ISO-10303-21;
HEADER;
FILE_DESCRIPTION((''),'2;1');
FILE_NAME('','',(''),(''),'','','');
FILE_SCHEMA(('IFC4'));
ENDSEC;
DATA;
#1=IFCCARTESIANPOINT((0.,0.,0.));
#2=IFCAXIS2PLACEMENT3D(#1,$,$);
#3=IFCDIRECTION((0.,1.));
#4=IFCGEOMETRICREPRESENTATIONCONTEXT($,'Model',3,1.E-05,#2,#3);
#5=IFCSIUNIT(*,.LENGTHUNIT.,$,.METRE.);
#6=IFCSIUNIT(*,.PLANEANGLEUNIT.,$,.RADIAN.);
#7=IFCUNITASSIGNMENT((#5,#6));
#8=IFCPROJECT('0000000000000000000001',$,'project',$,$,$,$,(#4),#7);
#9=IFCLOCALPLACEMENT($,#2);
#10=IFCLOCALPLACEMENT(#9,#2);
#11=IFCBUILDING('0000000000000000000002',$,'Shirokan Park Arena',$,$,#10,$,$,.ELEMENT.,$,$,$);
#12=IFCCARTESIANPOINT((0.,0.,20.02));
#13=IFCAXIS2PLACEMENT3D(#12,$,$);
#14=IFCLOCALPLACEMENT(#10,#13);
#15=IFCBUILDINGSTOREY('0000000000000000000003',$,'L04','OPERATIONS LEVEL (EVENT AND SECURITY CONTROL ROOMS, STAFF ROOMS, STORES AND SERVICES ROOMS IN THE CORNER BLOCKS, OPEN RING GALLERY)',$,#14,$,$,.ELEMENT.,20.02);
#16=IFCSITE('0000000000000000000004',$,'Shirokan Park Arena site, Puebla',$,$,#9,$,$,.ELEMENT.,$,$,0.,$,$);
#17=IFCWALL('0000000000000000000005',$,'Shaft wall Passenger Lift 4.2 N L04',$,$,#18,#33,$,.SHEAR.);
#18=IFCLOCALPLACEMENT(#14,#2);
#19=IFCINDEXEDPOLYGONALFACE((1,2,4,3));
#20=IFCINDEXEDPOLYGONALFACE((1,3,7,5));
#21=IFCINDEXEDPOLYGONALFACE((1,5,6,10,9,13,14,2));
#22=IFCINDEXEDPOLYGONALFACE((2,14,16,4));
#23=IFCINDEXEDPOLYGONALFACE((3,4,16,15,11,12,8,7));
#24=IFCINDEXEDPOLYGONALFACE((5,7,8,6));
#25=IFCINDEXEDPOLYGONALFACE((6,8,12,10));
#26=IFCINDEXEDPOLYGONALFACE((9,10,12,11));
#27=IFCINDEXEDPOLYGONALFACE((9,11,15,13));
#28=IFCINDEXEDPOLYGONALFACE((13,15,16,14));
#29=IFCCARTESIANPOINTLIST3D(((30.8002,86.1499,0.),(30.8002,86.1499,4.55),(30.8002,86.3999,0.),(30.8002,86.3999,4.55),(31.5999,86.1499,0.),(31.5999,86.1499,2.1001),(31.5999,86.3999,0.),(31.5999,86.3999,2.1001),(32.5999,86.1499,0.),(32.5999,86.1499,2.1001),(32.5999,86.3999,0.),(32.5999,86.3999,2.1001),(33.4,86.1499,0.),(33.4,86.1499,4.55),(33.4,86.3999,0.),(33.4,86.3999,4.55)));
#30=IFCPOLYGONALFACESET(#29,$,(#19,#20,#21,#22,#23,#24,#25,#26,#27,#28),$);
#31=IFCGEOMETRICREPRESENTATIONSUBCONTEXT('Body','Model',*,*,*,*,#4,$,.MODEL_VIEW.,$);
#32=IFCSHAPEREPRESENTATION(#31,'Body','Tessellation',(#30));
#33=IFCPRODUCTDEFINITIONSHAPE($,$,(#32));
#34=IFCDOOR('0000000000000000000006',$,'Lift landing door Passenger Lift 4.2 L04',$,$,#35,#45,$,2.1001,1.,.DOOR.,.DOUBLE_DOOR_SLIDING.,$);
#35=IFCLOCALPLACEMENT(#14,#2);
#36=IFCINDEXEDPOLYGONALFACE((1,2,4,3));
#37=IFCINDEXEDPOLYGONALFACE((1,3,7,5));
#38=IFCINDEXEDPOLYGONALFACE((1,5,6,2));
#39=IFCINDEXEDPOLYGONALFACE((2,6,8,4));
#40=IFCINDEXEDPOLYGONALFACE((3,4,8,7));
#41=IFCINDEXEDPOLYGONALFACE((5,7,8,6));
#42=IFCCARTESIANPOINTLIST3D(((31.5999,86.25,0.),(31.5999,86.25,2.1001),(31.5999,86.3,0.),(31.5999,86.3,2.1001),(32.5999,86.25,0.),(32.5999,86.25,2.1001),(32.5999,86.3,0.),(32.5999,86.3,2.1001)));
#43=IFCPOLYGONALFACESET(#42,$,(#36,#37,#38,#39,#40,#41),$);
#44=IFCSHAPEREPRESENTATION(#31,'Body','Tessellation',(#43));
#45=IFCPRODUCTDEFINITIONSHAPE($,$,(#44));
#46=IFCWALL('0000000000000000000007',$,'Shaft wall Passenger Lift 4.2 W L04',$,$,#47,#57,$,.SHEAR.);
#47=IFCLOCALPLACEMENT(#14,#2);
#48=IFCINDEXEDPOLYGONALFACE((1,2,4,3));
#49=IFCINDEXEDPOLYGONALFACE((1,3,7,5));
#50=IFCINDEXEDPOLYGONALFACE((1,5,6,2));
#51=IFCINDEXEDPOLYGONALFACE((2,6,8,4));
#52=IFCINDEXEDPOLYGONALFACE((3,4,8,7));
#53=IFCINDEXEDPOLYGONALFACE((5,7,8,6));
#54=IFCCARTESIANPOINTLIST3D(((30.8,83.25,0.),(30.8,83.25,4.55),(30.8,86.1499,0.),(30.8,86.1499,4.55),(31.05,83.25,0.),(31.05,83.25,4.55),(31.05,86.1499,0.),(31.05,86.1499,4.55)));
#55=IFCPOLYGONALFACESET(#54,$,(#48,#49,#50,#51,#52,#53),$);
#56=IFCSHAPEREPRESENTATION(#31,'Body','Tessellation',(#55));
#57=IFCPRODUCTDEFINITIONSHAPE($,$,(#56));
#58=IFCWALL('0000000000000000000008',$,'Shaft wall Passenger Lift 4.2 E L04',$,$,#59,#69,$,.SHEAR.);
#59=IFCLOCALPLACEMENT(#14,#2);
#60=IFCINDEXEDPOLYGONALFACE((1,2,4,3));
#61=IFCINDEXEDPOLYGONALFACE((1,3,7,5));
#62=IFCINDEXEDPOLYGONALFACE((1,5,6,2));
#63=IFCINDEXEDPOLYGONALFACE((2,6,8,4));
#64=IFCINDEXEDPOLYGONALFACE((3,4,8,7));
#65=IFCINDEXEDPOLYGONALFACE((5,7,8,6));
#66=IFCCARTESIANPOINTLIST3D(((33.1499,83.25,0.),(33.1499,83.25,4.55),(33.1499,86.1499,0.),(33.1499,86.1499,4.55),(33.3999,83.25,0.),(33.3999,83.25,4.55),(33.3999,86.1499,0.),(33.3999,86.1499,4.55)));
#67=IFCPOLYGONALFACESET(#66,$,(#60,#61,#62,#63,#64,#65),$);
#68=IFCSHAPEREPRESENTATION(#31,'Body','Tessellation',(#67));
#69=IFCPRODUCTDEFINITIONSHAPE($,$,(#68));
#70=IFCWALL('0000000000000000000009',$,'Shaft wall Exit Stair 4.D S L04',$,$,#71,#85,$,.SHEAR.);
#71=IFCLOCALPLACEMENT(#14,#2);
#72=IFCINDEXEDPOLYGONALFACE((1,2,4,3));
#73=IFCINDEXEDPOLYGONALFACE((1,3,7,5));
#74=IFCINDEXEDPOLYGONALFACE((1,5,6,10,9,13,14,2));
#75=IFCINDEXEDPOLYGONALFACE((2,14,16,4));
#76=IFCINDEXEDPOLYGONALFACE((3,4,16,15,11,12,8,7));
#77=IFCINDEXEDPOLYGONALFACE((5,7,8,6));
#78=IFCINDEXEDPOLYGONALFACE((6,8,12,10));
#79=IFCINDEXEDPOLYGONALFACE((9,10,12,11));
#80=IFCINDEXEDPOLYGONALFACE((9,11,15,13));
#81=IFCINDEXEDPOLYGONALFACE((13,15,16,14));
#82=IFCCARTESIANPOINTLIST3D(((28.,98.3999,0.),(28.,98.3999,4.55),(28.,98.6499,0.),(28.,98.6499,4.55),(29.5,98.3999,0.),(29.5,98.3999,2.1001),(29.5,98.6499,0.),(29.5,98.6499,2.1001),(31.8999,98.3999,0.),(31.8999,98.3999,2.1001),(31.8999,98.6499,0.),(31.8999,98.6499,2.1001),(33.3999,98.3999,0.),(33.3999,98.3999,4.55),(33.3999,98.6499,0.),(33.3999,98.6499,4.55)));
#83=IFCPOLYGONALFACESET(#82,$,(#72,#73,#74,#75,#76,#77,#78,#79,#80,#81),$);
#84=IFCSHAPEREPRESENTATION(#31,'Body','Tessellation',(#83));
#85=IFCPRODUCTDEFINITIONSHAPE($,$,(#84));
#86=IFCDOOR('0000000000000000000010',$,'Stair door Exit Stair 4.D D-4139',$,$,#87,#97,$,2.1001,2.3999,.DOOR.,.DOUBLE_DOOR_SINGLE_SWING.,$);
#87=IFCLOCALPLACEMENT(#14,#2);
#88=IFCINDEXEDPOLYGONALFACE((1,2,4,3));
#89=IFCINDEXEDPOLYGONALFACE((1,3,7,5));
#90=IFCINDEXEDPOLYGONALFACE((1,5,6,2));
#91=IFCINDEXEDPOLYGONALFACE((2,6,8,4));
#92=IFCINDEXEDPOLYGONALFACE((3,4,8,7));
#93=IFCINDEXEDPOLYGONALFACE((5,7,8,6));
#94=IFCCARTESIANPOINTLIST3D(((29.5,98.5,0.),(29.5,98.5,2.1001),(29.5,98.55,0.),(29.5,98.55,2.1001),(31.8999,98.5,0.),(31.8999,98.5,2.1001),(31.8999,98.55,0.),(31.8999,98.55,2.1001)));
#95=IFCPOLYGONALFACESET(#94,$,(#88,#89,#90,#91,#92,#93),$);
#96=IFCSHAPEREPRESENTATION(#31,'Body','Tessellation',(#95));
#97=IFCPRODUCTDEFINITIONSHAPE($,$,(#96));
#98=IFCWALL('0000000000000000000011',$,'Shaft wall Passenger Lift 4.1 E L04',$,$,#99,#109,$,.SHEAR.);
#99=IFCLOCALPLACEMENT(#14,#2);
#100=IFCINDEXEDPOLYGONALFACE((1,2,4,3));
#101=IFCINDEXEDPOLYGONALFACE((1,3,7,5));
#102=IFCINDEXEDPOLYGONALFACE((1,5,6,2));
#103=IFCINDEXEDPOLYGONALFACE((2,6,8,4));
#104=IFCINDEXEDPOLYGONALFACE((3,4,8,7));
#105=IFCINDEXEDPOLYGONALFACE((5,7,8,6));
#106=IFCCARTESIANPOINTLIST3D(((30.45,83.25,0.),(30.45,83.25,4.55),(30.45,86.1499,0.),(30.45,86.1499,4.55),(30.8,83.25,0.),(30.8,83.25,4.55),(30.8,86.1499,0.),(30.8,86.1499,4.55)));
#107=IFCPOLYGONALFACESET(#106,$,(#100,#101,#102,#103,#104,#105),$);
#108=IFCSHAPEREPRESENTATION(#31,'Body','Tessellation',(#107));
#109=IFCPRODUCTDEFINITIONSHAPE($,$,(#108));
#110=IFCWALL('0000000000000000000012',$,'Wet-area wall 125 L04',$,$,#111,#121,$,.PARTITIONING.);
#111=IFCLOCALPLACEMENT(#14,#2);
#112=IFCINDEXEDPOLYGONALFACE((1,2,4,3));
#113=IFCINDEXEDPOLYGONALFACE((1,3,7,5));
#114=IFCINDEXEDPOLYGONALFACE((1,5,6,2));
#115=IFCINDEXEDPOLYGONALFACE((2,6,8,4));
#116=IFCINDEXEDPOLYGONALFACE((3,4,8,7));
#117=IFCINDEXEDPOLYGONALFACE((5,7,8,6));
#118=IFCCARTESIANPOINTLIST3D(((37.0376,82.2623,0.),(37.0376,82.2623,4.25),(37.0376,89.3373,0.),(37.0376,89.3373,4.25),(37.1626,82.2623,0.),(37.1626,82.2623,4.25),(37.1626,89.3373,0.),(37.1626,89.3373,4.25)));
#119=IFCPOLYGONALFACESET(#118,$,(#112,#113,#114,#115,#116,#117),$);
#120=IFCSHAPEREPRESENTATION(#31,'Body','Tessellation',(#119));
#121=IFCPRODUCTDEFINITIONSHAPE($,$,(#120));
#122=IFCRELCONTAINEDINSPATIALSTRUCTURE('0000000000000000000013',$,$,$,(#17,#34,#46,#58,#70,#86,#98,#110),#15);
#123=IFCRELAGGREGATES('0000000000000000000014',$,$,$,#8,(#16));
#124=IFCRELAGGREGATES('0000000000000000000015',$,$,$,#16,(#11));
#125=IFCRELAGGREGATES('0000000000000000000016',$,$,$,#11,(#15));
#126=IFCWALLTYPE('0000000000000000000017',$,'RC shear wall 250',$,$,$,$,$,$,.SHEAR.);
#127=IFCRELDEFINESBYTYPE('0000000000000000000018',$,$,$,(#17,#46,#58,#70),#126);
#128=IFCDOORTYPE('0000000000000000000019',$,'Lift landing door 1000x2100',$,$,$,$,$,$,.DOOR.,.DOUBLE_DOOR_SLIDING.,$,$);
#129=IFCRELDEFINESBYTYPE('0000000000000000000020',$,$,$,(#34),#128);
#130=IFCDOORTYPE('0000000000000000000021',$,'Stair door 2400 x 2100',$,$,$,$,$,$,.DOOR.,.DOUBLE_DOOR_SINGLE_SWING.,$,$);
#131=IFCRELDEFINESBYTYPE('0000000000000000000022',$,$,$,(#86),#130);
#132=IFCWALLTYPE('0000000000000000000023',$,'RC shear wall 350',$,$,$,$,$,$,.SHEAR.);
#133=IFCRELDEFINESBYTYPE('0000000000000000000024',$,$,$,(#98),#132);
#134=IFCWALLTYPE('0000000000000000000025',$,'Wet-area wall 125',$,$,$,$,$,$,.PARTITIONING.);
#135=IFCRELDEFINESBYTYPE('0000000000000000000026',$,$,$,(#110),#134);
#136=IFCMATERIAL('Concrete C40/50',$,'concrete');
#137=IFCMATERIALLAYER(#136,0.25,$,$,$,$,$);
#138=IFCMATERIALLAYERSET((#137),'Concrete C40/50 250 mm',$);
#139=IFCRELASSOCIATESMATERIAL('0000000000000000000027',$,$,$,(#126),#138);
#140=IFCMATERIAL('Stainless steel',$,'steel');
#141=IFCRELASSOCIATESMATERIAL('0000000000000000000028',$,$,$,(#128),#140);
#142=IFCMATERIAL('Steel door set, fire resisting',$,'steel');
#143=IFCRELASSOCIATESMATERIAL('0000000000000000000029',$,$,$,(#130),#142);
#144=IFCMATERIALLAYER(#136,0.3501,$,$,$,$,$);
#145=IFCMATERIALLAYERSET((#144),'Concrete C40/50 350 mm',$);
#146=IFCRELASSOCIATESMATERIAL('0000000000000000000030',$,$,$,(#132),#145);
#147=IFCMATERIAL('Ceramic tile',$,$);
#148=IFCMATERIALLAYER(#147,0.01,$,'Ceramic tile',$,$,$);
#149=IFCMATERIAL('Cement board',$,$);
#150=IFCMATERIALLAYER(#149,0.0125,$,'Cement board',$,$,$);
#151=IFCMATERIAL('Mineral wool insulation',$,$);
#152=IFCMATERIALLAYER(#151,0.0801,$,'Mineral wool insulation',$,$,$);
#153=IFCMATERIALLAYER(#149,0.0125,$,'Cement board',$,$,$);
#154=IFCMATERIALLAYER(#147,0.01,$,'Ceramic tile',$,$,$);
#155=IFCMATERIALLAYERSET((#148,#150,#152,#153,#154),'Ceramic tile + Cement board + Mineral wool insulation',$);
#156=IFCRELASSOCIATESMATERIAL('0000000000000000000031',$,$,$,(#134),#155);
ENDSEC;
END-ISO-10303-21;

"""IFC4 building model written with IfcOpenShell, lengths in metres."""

from ifc_helpers import new_model, si_unit, direction, frame, frame_2d, origin, place, context, subcontext, project, spatial, rectangle, extrude, material, layer, layer_set, type_object, element, fill, save


model = new_model("IFC4")

# Units and contexts
model_context = context("Model", 3, precision=1e-05, world=origin(), true_north=direction((0.0, 1.0)))
body_context = subcontext(model_context, "Body", "Model", "MODEL_VIEW")
ifc_project = project(units=[si_unit("LENGTHUNIT", "METRE"), si_unit("PLANEANGLEUNIT", "RADIAN")], contexts=[model_context])

# Site, building, storey
site_placement = place(None, origin())
site = spatial("IfcSite", under=ifc_project, at=site_placement, Name="Shirokan Park Arena site, Puebla", CompositionType="ELEMENT", RefElevation=0.0)
building_placement = place(site_placement, origin())
building = spatial("IfcBuilding", under=site, at=building_placement, Name="Shirokan Park Arena", CompositionType="ELEMENT")
storey_placement = place(building_placement, frame((0.0, 0.0, 20.02)))
storey = spatial("IfcBuildingStorey", under=building, at=storey_placement, Name="L04", Description="OPERATIONS LEVEL (EVENT AND SECURITY CONTROL ROOMS, STAFF ROOMS, STORES AND SERVICES ROOMS IN THE CORNER BLOCKS, OPEN RING GALLERY)", CompositionType="ELEMENT", Elevation=20.02)

# Shared definitions
ifc_material_1 = material(Name="Mineral wool insulation")

# Shared definitions
ifc_material_2 = material(Name="Concrete C40/50", Category="concrete")
ifc_layer_1 = layer(ifc_material_2, 0.25)
ifc_layer_set_1 = layer_set([ifc_layer_1], Name="Concrete C40/50 250 mm")
wall_type_1 = type_object("IfcWallType", Name="RC shear wall 250", PredefinedType="SHEAR", material=ifc_layer_set_1)

# Shared definitions
ifc_material_3 = material(Name="Stainless steel", Category="steel")
door_type_1 = type_object("IfcDoorType", Name="Lift landing door 1000x2100", OperationType="DOUBLE_DOOR_SLIDING", PredefinedType="DOOR", material=ifc_material_3)

# Wall, opening, door
wall_1_placement = place(storey_placement, frame((33.3999, 86.2749, 0.0), z_axis=(0.0, 0.0, 1.0), x_axis=(-1.0, 0.0, 0.0)))
wall_1 = element("IfcWall", 1, at=wall_1_placement, inside=storey, type_object=wall_type_1, Name="Shaft wall Passenger Lift 4.2 N L04", PredefinedType="SHEAR", context=body_context, shape_type="SweptSolid", body=[
    extrude(rectangle(XDim=2.5999, YDim=0.25, at=frame_2d((1.2998, 0.0))), origin(), (0.0, 0.0, 1.0), 4.55),
])
opening_1_placement = place(wall_1_placement, frame((0.8, 0.0, 0.0)))
opening_1 = element("IfcOpeningElement", 2, at=opening_1_placement, cuts=wall_1, PredefinedType="OPENING", context=body_context, shape_type="SweptSolid", body=[
    extrude(rectangle(XDim=1.0, YDim=2.1001, at=frame_2d((0.5, 1.05))), frame((0.0, 0.135, 0.0), z_axis=(0.0, -1.0, 0.0), x_axis=(1.0, 0.0, 0.0)), (0.0, 0.0, 1.0), 0.27),
])
door_1_placement = place(opening_1_placement, origin())
door_1 = element("IfcDoor", 3, at=door_1_placement, inside=storey, type_object=door_type_1, Name="Lift landing door Passenger Lift 4.2 L04", OperationType="DOUBLE_DOOR_SLIDING", OverallHeight=2.1001, OverallWidth=1.0, PredefinedType="DOOR", context=body_context, shape_type="SweptSolid", body=[
    extrude(rectangle(XDim=1.0, YDim=2.1001, at=frame_2d((0.5, 1.05))), frame((0.0, 0.0249, 0.0), z_axis=(0.0, -1.0, 0.0), x_axis=(1.0, 0.0, 0.0)), (0.0, 0.0, 1.0), 0.05),
])
fill(opening_1, door_1)

# Walls
for number, where, z_axis, x_axis, name in (
    (4, (30.925, 86.1499, 0.0), (0.0, 0.0, 1.0), (0.0, -1.0, 0.0), "Shaft wall Passenger Lift 4.2 W L04"),
    (5, (33.2749, 86.1499, 0.0), (0.0, 0.0, 1.0), (0.0, -1.0, 0.0), "Shaft wall Passenger Lift 4.2 E L04"),
):
    element("IfcWall", number, at=place(storey_placement, frame(where, z_axis=z_axis, x_axis=x_axis)), inside=storey, type_object=wall_type_1, Name=name, PredefinedType="SHEAR", context=body_context, shape_type="SweptSolid", body=[
        extrude(rectangle(XDim=2.8999, YDim=0.25, at=frame_2d((1.45, 0.0))), origin(), (0.0, 0.0, 1.0), 4.55),
    ])

# Wall, opening, door
wall_2_placement = place(storey_placement, frame((33.3999, 98.5249, 0.0), z_axis=(0.0, 0.0, 1.0), x_axis=(-1.0, 0.0, 0.0)))
wall_2 = element("IfcWall", 6, at=wall_2_placement, inside=storey, type_object=wall_type_1, Name="Shaft wall Exit Stair 4.D S L04", PredefinedType="SHEAR", context=body_context, shape_type="SweptSolid", body=[
    extrude(rectangle(XDim=5.3999, YDim=0.25, at=frame_2d((2.7, 0.0))), origin(), (0.0, 0.0, 1.0), 4.55),
])
opening_2_placement = place(wall_2_placement, frame((1.5, 0.0, 0.0)))
opening_2 = element("IfcOpeningElement", 7, at=opening_2_placement, cuts=wall_2, PredefinedType="OPENING", context=body_context, shape_type="SweptSolid", body=[
    extrude(rectangle(XDim=2.3999, YDim=2.1001, at=frame_2d((1.2, 1.05))), frame((0.0, 0.135, 0.0), z_axis=(0.0, -1.0, 0.0), x_axis=(1.0, 0.0, 0.0)), (0.0, 0.0, 1.0), 0.27),
])
ifc_material_4 = material(Name="Steel door set, fire resisting", Category="steel")
door_type_2 = type_object("IfcDoorType", Name="Stair door 2400 x 2100", OperationType="DOUBLE_DOOR_SINGLE_SWING", PredefinedType="DOOR", material=ifc_material_4)
door_2_placement = place(opening_2_placement, origin())
door_2 = element("IfcDoor", 8, at=door_2_placement, inside=storey, type_object=door_type_2, Name="Stair door Exit Stair 4.D D-4139", OperationType="DOUBLE_DOOR_SINGLE_SWING", OverallHeight=2.1001, OverallWidth=2.3999, PredefinedType="DOOR", context=body_context, shape_type="SweptSolid", body=[
    extrude(rectangle(XDim=2.3999, YDim=2.1001, at=frame_2d((1.2, 1.05))), frame((0.0, 0.0249, 0.0), z_axis=(0.0, -1.0, 0.0), x_axis=(1.0, 0.0, 0.0)), (0.0, 0.0, 1.0), 0.05),
])
fill(opening_2, door_2)

# Walls
ifc_layer_2 = layer(ifc_material_2, 0.3501)
ifc_layer_set_2 = layer_set([ifc_layer_2], Name="Concrete C40/50 350 mm")
wall_type_2 = type_object("IfcWallType", Name="RC shear wall 350", PredefinedType="SHEAR", material=ifc_layer_set_2)
wall_3_placement = place(storey_placement, frame((30.625, 86.1499, 0.0), z_axis=(0.0, 0.0, 1.0), x_axis=(0.0, -1.0, 0.0)))
element("IfcWall", 9, at=wall_3_placement, inside=storey, type_object=wall_type_2, Name="Shaft wall Passenger Lift 4.1 E L04", PredefinedType="SHEAR", context=body_context, shape_type="SweptSolid", body=[
    extrude(rectangle(XDim=2.8999, YDim=0.3501, at=frame_2d((1.45, 0.0))), origin(), (0.0, 0.0, 1.0), 4.55),
])
ifc_material_5 = material(Name="Ceramic tile")
ifc_layer_3 = layer(ifc_material_5, 0.01, Name="Ceramic tile")
ifc_material_6 = material(Name="Cement board")
ifc_layer_4 = layer(ifc_material_6, 0.0125, Name="Cement board")
ifc_layer_5 = layer(ifc_material_1, 0.0801, Name="Mineral wool insulation")
ifc_layer_6 = layer(ifc_material_6, 0.0125, Name="Cement board")
ifc_layer_7 = layer(ifc_material_5, 0.01, Name="Ceramic tile")
ifc_layer_set_3 = layer_set([ifc_layer_3, ifc_layer_4, ifc_layer_5, ifc_layer_6, ifc_layer_7], Name="Ceramic tile + Cement board + Mineral wool insulation")
wall_type_3 = type_object("IfcWallType", Name="Wet-area wall 125", PredefinedType="PARTITIONING", material=ifc_layer_set_3)
wall_4_placement = place(storey_placement, frame((37.1001, 89.3374, 0.0), z_axis=(0.0, 0.0, 1.0), x_axis=(0.0, -1.0, 0.0)))
element("IfcWall", 10, at=wall_4_placement, inside=storey, type_object=wall_type_3, Name="Wet-area wall 125 L04", PredefinedType="PARTITIONING", context=body_context, shape_type="SweptSolid", body=[
    extrude(rectangle(XDim=7.075, YDim=0.125, at=frame_2d((3.5376, 0.0))), origin(), (0.0, 0.0, 1.0), 4.25),
])

save(model, "model.ifc")
